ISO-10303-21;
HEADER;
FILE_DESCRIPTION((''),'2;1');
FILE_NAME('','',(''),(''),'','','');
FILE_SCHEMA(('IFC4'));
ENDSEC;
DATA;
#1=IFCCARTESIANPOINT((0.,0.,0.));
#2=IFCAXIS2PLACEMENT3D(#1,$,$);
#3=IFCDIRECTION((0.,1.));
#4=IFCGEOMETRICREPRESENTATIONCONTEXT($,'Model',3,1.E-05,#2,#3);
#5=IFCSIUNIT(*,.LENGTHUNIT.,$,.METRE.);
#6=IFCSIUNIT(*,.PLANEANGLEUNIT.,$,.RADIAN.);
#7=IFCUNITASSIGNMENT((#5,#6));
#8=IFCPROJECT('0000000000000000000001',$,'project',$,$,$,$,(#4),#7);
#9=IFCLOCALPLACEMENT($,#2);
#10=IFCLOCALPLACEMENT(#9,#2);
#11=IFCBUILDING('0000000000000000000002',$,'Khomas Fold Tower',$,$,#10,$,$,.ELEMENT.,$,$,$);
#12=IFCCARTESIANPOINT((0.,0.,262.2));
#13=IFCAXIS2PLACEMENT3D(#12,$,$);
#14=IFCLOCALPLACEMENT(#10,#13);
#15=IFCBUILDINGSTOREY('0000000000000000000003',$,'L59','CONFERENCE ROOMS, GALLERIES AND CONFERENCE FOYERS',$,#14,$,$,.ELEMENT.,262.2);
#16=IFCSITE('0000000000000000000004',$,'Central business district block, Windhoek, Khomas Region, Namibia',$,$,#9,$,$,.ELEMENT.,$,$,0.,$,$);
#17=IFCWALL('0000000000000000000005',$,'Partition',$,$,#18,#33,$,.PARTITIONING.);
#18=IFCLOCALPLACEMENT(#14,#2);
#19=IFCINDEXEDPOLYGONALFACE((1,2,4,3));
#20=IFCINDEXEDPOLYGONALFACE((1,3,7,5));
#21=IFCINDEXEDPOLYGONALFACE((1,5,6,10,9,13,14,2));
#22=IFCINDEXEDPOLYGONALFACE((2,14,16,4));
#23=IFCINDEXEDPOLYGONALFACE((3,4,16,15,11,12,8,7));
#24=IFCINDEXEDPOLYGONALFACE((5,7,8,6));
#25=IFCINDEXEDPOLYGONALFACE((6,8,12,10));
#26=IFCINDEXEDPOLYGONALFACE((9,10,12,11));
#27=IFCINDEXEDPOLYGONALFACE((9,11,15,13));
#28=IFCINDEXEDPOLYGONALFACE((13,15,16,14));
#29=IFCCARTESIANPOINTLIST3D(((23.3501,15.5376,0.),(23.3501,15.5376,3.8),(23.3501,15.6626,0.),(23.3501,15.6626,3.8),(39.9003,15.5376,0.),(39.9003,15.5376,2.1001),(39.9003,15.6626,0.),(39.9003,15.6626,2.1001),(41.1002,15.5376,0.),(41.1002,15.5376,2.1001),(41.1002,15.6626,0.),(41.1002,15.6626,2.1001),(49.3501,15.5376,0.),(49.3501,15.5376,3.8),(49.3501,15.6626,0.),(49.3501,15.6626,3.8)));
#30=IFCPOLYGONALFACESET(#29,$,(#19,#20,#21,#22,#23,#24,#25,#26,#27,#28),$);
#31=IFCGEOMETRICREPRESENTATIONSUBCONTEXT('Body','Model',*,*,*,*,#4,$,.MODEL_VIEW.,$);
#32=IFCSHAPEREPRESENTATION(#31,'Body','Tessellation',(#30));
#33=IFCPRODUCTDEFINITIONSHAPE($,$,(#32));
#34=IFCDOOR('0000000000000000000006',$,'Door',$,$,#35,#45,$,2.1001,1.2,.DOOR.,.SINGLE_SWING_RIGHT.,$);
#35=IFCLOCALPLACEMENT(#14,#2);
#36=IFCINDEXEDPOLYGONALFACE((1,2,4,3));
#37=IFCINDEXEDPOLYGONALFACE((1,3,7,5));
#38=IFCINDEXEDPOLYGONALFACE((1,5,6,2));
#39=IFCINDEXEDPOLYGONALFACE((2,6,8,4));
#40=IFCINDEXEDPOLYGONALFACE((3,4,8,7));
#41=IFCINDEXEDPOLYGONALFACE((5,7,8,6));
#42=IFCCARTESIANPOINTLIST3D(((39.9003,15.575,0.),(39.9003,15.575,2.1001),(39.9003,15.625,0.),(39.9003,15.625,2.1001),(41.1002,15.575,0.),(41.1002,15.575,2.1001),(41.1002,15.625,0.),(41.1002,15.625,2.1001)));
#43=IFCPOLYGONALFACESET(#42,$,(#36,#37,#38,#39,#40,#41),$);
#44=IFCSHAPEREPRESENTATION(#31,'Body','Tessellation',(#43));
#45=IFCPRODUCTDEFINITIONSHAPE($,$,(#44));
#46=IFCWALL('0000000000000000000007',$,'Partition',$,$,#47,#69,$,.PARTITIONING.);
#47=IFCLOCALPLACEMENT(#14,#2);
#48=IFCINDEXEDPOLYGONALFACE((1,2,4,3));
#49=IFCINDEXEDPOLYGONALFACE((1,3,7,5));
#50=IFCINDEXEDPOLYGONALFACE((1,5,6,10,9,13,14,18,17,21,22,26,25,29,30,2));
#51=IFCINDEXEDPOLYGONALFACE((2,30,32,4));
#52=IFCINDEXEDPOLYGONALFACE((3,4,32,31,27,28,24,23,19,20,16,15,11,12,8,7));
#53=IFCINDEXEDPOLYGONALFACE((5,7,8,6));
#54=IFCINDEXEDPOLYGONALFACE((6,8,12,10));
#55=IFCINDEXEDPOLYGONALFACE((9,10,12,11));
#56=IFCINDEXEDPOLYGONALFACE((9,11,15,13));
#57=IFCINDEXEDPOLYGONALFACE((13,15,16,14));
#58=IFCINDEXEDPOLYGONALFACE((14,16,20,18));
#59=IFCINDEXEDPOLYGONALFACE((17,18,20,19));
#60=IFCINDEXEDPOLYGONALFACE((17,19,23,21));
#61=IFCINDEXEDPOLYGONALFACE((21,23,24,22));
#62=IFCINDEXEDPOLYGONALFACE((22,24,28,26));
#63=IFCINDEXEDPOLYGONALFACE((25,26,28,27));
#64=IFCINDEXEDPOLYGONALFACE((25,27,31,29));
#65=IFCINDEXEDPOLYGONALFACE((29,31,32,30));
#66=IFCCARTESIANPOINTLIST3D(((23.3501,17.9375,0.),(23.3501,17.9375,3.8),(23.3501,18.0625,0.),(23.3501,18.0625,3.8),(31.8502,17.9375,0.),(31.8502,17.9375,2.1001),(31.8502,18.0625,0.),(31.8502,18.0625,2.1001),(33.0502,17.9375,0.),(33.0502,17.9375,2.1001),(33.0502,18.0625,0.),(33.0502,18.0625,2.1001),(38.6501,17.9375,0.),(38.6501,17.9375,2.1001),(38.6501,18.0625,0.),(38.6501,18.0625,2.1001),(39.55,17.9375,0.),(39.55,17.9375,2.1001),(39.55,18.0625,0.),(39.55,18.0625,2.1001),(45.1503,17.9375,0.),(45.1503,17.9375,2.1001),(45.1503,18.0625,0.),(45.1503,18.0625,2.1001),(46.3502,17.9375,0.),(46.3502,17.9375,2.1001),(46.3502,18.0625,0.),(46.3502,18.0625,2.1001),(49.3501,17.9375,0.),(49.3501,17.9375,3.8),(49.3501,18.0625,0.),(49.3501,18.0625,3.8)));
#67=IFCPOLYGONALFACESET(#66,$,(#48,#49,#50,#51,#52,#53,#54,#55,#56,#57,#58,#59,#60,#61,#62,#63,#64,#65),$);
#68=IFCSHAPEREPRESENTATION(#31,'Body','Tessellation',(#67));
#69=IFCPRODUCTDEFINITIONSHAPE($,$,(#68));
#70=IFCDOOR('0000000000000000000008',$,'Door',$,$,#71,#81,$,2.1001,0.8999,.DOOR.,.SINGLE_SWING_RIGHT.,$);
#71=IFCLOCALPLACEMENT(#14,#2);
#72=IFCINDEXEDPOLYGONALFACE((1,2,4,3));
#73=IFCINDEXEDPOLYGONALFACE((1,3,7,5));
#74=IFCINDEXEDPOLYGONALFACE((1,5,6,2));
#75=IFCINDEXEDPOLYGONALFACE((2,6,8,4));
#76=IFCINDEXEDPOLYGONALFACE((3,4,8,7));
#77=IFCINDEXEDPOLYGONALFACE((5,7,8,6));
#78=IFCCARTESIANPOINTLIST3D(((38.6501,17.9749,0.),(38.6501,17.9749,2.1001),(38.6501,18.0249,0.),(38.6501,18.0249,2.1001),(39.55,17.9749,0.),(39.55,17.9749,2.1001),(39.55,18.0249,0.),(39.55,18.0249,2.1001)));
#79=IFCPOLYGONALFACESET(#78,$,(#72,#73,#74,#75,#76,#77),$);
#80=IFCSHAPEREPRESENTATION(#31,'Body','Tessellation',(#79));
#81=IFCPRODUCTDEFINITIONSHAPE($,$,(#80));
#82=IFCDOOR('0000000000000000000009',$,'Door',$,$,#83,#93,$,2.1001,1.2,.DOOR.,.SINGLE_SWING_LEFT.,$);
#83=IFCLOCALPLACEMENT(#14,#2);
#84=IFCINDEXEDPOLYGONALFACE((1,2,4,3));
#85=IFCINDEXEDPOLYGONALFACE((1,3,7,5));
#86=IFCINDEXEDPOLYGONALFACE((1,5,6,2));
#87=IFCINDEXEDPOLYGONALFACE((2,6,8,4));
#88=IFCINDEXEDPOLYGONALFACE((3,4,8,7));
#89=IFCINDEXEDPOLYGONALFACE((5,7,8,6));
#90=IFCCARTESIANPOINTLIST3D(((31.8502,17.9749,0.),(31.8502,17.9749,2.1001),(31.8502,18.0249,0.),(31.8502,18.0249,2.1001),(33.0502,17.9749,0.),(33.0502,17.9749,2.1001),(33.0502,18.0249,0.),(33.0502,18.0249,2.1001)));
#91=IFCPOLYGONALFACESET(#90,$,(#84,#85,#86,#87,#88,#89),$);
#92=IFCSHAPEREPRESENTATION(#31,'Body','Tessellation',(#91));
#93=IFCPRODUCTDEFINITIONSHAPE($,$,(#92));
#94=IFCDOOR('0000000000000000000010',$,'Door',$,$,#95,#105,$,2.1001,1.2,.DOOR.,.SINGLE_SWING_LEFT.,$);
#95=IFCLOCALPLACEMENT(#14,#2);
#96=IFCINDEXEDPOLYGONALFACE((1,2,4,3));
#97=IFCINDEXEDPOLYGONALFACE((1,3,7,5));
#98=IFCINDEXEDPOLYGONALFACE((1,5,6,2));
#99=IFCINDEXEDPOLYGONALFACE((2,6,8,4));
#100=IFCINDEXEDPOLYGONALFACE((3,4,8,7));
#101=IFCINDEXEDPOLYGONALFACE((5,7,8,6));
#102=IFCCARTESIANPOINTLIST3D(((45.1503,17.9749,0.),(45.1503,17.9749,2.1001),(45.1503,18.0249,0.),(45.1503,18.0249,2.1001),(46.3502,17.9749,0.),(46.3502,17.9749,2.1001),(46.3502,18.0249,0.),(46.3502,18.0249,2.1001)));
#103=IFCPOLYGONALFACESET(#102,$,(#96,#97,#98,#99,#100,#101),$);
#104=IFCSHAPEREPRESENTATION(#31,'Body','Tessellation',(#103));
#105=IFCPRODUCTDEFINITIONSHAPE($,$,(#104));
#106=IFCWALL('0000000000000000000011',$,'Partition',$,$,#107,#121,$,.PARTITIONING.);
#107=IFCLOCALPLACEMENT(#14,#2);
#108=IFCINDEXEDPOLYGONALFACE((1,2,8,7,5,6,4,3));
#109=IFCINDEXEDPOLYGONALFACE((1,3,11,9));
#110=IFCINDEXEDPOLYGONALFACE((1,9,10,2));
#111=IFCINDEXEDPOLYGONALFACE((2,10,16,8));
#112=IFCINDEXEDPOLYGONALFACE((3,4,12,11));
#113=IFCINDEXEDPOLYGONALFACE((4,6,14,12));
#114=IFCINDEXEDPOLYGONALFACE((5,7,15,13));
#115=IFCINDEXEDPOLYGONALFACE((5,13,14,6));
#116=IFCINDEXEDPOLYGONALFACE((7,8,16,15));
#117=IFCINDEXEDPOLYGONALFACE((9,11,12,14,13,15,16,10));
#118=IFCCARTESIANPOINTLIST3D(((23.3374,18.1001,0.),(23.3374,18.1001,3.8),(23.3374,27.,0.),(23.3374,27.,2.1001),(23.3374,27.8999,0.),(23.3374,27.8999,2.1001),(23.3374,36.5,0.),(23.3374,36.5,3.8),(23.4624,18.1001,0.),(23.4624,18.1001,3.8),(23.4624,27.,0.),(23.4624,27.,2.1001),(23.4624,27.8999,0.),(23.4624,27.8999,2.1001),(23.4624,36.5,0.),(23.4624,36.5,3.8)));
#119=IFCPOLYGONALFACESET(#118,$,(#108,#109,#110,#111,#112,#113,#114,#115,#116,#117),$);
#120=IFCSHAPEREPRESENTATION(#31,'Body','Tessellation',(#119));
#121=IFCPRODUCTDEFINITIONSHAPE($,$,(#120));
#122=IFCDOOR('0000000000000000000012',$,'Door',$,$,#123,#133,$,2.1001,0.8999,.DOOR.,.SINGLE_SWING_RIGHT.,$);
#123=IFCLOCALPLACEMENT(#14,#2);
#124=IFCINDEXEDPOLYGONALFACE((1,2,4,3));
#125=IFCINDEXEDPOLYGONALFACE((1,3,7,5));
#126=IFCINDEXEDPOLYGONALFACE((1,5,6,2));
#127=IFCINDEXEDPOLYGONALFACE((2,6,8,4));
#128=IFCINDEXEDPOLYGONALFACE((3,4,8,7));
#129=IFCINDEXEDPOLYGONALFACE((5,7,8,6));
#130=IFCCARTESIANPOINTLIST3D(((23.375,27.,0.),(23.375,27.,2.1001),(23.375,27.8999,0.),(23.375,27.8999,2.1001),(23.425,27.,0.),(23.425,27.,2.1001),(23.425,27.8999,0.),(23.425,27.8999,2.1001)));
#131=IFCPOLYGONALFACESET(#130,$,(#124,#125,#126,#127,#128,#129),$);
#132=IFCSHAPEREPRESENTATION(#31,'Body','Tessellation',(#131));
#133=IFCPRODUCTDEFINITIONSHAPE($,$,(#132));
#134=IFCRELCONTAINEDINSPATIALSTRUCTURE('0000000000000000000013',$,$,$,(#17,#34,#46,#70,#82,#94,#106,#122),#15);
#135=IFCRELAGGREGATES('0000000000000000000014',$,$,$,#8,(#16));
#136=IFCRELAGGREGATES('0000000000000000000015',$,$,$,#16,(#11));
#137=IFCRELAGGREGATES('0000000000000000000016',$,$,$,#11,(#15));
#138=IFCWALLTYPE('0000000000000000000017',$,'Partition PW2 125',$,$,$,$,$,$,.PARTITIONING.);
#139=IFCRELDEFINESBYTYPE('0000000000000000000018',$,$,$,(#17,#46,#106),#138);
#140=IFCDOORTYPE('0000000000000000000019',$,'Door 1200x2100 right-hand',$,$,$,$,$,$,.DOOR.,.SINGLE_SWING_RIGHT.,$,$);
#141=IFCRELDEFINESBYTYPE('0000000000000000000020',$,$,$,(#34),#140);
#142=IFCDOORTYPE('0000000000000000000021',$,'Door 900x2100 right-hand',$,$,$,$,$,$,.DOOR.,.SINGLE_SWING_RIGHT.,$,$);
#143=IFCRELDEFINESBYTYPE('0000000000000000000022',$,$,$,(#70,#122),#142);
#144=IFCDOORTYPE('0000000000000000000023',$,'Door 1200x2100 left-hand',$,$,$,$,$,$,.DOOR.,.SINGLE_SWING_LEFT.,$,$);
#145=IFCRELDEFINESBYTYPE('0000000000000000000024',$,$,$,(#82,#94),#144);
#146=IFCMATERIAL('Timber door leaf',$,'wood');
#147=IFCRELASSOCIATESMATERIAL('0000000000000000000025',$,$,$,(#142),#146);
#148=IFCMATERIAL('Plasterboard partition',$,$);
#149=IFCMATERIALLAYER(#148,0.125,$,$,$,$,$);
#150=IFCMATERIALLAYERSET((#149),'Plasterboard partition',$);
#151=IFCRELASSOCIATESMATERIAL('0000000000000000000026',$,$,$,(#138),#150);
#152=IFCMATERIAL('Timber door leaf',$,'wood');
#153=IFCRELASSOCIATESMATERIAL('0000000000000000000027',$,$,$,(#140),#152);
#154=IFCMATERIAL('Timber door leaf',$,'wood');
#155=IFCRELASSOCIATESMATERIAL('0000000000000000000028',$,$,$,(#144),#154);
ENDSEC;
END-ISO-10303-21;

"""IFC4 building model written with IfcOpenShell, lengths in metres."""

from ifc_helpers import new_model, si_unit, direction, frame, frame_2d, origin, place, context, subcontext, project, spatial, rectangle, extrude, source, transform, mapped, material, layer, layer_set, type_object, element, fill, save


model = new_model("IFC4")

# Units and contexts
model_context = context("Model", 3, precision=1e-05, world=origin(), true_north=direction((0.0, 1.0)))
body_context = subcontext(model_context, "Body", "Model", "MODEL_VIEW")
ifc_project = project(units=[si_unit("LENGTHUNIT", "METRE"), si_unit("PLANEANGLEUNIT", "RADIAN")], contexts=[model_context])

# Site, building, storey
site_placement = place(None, origin())
site = spatial("IfcSite", under=ifc_project, at=site_placement, Name="Central business district block, Windhoek, Khomas Region, Namibia", CompositionType="ELEMENT", RefElevation=0.0)
building_placement = place(site_placement, origin())
building = spatial("IfcBuilding", under=site, at=building_placement, Name="Khomas Fold Tower", CompositionType="ELEMENT")
storey_placement = place(building_placement, frame((0.0, 0.0, 262.2)))
storey = spatial("IfcBuildingStorey", under=building, at=storey_placement, Name="L59", Description="CONFERENCE ROOMS, GALLERIES AND CONFERENCE FOYERS", CompositionType="ELEMENT", Elevation=262.2)

# Shared definitions
ifc_material_1 = material(Name="Timber door leaf", Category="wood")
door_type_1 = type_object("IfcDoorType", Name="Door 900x2100 right-hand", OperationType="SINGLE_SWING_RIGHT", PredefinedType="DOOR", material=ifc_material_1)

# Wall, opening, door
ifc_material_2 = material(Name="Plasterboard partition")
ifc_layer_1 = layer(ifc_material_2, 0.125)
ifc_layer_set_1 = layer_set([ifc_layer_1], Name="Plasterboard partition")
wall_type_1 = type_object("IfcWallType", Name="Partition PW2 125", PredefinedType="PARTITIONING", material=ifc_layer_set_1)
shared_shape_1 = source(origin(), body_context, "Body", "SweptSolid", [
    extrude(rectangle(XDim=0.8999, YDim=2.1001, at=frame_2d((0.45, 1.05))), frame((0.0, 0.0725, 0.0), z_axis=(0.0, -1.0, 0.0), x_axis=(1.0, 0.0, 0.0)), (0.0, 0.0, 1.0), 0.145),
])
shared_shape_2 = source(origin(), body_context, "Body", "SweptSolid", [
    extrude(rectangle(XDim=0.8999, YDim=2.1001, at=frame_2d((0.45, 1.05))), frame((0.0, 0.0249, 0.0), z_axis=(0.0, -1.0, 0.0), x_axis=(1.0, 0.0, 0.0)), (0.0, 0.0, 1.0), 0.05),
])
shared_shape_3 = source(origin(), body_context, "Body", "SweptSolid", [
    extrude(rectangle(XDim=26.0, YDim=0.125, at=frame_2d((13.0, 0.0))), origin(), (0.0, 0.0, 1.0), 3.8),
])
wall_1_placement = place(storey_placement, frame((23.3501, 15.6001, 0.0), z_axis=(0.0, 0.0, 1.0), x_axis=(1.0, 0.0, 0.0)))
wall_1 = element("IfcWall", 1, at=wall_1_placement, inside=storey, type_object=wall_type_1, Name="Partition", PredefinedType="PARTITIONING", context=body_context, shape_type="MappedRepresentation", body=[
    mapped(shared_shape_3, transform((0.0, 0.0, 0.0))),
])
shared_shape_4 = source(origin(), body_context, "Body", "SweptSolid", [
    extrude(rectangle(XDim=1.2, YDim=2.1001, at=frame_2d((0.6001, 1.05))), frame((0.0, 0.0725, 0.0), z_axis=(0.0, -1.0, 0.0), x_axis=(1.0, 0.0, 0.0)), (0.0, 0.0, 1.0), 0.145),
])
opening_1_placement = place(wall_1_placement, frame((16.55, 0.0, 0.0)))
opening_1 = element("IfcOpeningElement", 2, at=opening_1_placement, cuts=wall_1, PredefinedType="OPENING", context=body_context, shape_type="MappedRepresentation", body=[
    mapped(shared_shape_4, transform((0.0, 0.0, 0.0))),
])
ifc_material_3 = material(Name="Timber door leaf", Category="wood")
door_type_2 = type_object("IfcDoorType", Name="Door 1200x2100 right-hand", OperationType="SINGLE_SWING_RIGHT", PredefinedType="DOOR", material=ifc_material_3)
shared_shape_5 = source(origin(), body_context, "Body", "SweptSolid", [
    extrude(rectangle(XDim=1.2, YDim=2.1001, at=frame_2d((0.6001, 1.05))), frame((0.0, 0.0249, 0.0), z_axis=(0.0, -1.0, 0.0), x_axis=(1.0, 0.0, 0.0)), (0.0, 0.0, 1.0), 0.05),
])
door_1_placement = place(opening_1_placement, origin())
door_1 = element("IfcDoor", 3, at=door_1_placement, inside=storey, type_object=door_type_2, Name="Door", OperationType="SINGLE_SWING_RIGHT", OverallHeight=2.1001, OverallWidth=1.2, PredefinedType="DOOR", context=body_context, shape_type="MappedRepresentation", body=[
    mapped(shared_shape_5, transform((0.0, 0.0, 0.0))),
])
fill(opening_1, door_1)

# Wall, openings, doors
wall_2_placement = place(storey_placement, frame((23.3501, 18.0, 0.0), z_axis=(0.0, 0.0, 1.0), x_axis=(1.0, 0.0, 0.0)))
wall_2 = element("IfcWall", 4, at=wall_2_placement, inside=storey, type_object=wall_type_1, Name="Partition", PredefinedType="PARTITIONING", context=body_context, shape_type="MappedRepresentation", body=[
    mapped(shared_shape_3, transform((0.0, 0.0, 0.0))),
])
opening_2_placement = place(wall_2_placement, frame((8.5, 0.0, 0.0)))
opening_2 = element("IfcOpeningElement", 5, at=opening_2_placement, cuts=wall_2, PredefinedType="OPENING", context=body_context, shape_type="MappedRepresentation", body=[
    mapped(shared_shape_4, transform((0.0, 0.0, 0.0))),
])
opening_3_placement = place(wall_2_placement, frame((15.3, 0.0, 0.0)))
opening_3 = element("IfcOpeningElement", 6, at=opening_3_placement, cuts=wall_2, PredefinedType="OPENING", context=body_context, shape_type="MappedRepresentation", body=[
    mapped(shared_shape_1, transform((0.0, 0.0, 0.0))),
])
opening_4_placement = place(wall_2_placement, frame((21.8, 0.0, 0.0)))
opening_4 = element("IfcOpeningElement", 7, at=opening_4_placement, cuts=wall_2, PredefinedType="OPENING", context=body_context, shape_type="MappedRepresentation", body=[
    mapped(shared_shape_4, transform((0.0, 0.0, 0.0))),
])
door_2_placement = place(opening_3_placement, origin())
door_2 = element("IfcDoor", 8, at=door_2_placement, inside=storey, type_object=door_type_1, Name="Door", OperationType="SINGLE_SWING_RIGHT", OverallHeight=2.1001, OverallWidth=0.8999, PredefinedType="DOOR", context=body_context, shape_type="MappedRepresentation", body=[
    mapped(shared_shape_2, transform((0.0, 0.0, 0.0))),
])
fill(opening_3, door_2)
ifc_material_4 = material(Name="Timber door leaf", Category="wood")
door_type_3 = type_object("IfcDoorType", Name="Door 1200x2100 left-hand", OperationType="SINGLE_SWING_LEFT", PredefinedType="DOOR", material=ifc_material_4)
door_3_placement = place(opening_2_placement, origin())
door_3 = element("IfcDoor", 9, at=door_3_placement, inside=storey, type_object=door_type_3, Name="Door", OperationType="SINGLE_SWING_LEFT", OverallHeight=2.1001, OverallWidth=1.2, PredefinedType="DOOR", context=body_context, shape_type="MappedRepresentation", body=[
    mapped(shared_shape_5, transform((0.0, 0.0, 0.0))),
])
fill(opening_2, door_3)
door_4_placement = place(opening_4_placement, origin())
door_4 = element("IfcDoor", 10, at=door_4_placement, inside=storey, type_object=door_type_3, Name="Door", OperationType="SINGLE_SWING_LEFT", OverallHeight=2.1001, OverallWidth=1.2, PredefinedType="DOOR", context=body_context, shape_type="MappedRepresentation", body=[
    mapped(shared_shape_5, transform((0.0, 0.0, 0.0))),
])
fill(opening_4, door_4)

# Wall, opening, door
shared_shape_6 = source(origin(), body_context, "Body", "SweptSolid", [
    extrude(rectangle(XDim=18.3999, YDim=0.125, at=frame_2d((9.2, 0.0))), origin(), (0.0, 0.0, 1.0), 3.8),
])
wall_3_placement = place(storey_placement, frame((23.3999, 18.1001, 0.0), z_axis=(0.0, 0.0, 1.0), x_axis=(0.0, 1.0, 0.0)))
wall_3 = element("IfcWall", 11, at=wall_3_placement, inside=storey, type_object=wall_type_1, Name="Partition", PredefinedType="PARTITIONING", context=body_context, shape_type="MappedRepresentation", body=[
    mapped(shared_shape_6, transform((0.0, 0.0, 0.0))),
])
opening_5_placement = place(wall_3_placement, frame((8.8999, 0.0, 0.0)))
opening_5 = element("IfcOpeningElement", 12, at=opening_5_placement, cuts=wall_3, PredefinedType="OPENING", context=body_context, shape_type="MappedRepresentation", body=[
    mapped(shared_shape_1, transform((0.0, 0.0, 0.0))),
])
door_5_placement = place(opening_5_placement, origin())
door_5 = element("IfcDoor", 13, at=door_5_placement, inside=storey, type_object=door_type_1, Name="Door", OperationType="SINGLE_SWING_RIGHT", OverallHeight=2.1001, OverallWidth=0.8999, PredefinedType="DOOR", context=body_context, shape_type="MappedRepresentation", body=[
    mapped(shared_shape_2, transform((0.0, 0.0, 0.0))),
])
fill(opening_5, door_5)

save(model, "model.ifc")
